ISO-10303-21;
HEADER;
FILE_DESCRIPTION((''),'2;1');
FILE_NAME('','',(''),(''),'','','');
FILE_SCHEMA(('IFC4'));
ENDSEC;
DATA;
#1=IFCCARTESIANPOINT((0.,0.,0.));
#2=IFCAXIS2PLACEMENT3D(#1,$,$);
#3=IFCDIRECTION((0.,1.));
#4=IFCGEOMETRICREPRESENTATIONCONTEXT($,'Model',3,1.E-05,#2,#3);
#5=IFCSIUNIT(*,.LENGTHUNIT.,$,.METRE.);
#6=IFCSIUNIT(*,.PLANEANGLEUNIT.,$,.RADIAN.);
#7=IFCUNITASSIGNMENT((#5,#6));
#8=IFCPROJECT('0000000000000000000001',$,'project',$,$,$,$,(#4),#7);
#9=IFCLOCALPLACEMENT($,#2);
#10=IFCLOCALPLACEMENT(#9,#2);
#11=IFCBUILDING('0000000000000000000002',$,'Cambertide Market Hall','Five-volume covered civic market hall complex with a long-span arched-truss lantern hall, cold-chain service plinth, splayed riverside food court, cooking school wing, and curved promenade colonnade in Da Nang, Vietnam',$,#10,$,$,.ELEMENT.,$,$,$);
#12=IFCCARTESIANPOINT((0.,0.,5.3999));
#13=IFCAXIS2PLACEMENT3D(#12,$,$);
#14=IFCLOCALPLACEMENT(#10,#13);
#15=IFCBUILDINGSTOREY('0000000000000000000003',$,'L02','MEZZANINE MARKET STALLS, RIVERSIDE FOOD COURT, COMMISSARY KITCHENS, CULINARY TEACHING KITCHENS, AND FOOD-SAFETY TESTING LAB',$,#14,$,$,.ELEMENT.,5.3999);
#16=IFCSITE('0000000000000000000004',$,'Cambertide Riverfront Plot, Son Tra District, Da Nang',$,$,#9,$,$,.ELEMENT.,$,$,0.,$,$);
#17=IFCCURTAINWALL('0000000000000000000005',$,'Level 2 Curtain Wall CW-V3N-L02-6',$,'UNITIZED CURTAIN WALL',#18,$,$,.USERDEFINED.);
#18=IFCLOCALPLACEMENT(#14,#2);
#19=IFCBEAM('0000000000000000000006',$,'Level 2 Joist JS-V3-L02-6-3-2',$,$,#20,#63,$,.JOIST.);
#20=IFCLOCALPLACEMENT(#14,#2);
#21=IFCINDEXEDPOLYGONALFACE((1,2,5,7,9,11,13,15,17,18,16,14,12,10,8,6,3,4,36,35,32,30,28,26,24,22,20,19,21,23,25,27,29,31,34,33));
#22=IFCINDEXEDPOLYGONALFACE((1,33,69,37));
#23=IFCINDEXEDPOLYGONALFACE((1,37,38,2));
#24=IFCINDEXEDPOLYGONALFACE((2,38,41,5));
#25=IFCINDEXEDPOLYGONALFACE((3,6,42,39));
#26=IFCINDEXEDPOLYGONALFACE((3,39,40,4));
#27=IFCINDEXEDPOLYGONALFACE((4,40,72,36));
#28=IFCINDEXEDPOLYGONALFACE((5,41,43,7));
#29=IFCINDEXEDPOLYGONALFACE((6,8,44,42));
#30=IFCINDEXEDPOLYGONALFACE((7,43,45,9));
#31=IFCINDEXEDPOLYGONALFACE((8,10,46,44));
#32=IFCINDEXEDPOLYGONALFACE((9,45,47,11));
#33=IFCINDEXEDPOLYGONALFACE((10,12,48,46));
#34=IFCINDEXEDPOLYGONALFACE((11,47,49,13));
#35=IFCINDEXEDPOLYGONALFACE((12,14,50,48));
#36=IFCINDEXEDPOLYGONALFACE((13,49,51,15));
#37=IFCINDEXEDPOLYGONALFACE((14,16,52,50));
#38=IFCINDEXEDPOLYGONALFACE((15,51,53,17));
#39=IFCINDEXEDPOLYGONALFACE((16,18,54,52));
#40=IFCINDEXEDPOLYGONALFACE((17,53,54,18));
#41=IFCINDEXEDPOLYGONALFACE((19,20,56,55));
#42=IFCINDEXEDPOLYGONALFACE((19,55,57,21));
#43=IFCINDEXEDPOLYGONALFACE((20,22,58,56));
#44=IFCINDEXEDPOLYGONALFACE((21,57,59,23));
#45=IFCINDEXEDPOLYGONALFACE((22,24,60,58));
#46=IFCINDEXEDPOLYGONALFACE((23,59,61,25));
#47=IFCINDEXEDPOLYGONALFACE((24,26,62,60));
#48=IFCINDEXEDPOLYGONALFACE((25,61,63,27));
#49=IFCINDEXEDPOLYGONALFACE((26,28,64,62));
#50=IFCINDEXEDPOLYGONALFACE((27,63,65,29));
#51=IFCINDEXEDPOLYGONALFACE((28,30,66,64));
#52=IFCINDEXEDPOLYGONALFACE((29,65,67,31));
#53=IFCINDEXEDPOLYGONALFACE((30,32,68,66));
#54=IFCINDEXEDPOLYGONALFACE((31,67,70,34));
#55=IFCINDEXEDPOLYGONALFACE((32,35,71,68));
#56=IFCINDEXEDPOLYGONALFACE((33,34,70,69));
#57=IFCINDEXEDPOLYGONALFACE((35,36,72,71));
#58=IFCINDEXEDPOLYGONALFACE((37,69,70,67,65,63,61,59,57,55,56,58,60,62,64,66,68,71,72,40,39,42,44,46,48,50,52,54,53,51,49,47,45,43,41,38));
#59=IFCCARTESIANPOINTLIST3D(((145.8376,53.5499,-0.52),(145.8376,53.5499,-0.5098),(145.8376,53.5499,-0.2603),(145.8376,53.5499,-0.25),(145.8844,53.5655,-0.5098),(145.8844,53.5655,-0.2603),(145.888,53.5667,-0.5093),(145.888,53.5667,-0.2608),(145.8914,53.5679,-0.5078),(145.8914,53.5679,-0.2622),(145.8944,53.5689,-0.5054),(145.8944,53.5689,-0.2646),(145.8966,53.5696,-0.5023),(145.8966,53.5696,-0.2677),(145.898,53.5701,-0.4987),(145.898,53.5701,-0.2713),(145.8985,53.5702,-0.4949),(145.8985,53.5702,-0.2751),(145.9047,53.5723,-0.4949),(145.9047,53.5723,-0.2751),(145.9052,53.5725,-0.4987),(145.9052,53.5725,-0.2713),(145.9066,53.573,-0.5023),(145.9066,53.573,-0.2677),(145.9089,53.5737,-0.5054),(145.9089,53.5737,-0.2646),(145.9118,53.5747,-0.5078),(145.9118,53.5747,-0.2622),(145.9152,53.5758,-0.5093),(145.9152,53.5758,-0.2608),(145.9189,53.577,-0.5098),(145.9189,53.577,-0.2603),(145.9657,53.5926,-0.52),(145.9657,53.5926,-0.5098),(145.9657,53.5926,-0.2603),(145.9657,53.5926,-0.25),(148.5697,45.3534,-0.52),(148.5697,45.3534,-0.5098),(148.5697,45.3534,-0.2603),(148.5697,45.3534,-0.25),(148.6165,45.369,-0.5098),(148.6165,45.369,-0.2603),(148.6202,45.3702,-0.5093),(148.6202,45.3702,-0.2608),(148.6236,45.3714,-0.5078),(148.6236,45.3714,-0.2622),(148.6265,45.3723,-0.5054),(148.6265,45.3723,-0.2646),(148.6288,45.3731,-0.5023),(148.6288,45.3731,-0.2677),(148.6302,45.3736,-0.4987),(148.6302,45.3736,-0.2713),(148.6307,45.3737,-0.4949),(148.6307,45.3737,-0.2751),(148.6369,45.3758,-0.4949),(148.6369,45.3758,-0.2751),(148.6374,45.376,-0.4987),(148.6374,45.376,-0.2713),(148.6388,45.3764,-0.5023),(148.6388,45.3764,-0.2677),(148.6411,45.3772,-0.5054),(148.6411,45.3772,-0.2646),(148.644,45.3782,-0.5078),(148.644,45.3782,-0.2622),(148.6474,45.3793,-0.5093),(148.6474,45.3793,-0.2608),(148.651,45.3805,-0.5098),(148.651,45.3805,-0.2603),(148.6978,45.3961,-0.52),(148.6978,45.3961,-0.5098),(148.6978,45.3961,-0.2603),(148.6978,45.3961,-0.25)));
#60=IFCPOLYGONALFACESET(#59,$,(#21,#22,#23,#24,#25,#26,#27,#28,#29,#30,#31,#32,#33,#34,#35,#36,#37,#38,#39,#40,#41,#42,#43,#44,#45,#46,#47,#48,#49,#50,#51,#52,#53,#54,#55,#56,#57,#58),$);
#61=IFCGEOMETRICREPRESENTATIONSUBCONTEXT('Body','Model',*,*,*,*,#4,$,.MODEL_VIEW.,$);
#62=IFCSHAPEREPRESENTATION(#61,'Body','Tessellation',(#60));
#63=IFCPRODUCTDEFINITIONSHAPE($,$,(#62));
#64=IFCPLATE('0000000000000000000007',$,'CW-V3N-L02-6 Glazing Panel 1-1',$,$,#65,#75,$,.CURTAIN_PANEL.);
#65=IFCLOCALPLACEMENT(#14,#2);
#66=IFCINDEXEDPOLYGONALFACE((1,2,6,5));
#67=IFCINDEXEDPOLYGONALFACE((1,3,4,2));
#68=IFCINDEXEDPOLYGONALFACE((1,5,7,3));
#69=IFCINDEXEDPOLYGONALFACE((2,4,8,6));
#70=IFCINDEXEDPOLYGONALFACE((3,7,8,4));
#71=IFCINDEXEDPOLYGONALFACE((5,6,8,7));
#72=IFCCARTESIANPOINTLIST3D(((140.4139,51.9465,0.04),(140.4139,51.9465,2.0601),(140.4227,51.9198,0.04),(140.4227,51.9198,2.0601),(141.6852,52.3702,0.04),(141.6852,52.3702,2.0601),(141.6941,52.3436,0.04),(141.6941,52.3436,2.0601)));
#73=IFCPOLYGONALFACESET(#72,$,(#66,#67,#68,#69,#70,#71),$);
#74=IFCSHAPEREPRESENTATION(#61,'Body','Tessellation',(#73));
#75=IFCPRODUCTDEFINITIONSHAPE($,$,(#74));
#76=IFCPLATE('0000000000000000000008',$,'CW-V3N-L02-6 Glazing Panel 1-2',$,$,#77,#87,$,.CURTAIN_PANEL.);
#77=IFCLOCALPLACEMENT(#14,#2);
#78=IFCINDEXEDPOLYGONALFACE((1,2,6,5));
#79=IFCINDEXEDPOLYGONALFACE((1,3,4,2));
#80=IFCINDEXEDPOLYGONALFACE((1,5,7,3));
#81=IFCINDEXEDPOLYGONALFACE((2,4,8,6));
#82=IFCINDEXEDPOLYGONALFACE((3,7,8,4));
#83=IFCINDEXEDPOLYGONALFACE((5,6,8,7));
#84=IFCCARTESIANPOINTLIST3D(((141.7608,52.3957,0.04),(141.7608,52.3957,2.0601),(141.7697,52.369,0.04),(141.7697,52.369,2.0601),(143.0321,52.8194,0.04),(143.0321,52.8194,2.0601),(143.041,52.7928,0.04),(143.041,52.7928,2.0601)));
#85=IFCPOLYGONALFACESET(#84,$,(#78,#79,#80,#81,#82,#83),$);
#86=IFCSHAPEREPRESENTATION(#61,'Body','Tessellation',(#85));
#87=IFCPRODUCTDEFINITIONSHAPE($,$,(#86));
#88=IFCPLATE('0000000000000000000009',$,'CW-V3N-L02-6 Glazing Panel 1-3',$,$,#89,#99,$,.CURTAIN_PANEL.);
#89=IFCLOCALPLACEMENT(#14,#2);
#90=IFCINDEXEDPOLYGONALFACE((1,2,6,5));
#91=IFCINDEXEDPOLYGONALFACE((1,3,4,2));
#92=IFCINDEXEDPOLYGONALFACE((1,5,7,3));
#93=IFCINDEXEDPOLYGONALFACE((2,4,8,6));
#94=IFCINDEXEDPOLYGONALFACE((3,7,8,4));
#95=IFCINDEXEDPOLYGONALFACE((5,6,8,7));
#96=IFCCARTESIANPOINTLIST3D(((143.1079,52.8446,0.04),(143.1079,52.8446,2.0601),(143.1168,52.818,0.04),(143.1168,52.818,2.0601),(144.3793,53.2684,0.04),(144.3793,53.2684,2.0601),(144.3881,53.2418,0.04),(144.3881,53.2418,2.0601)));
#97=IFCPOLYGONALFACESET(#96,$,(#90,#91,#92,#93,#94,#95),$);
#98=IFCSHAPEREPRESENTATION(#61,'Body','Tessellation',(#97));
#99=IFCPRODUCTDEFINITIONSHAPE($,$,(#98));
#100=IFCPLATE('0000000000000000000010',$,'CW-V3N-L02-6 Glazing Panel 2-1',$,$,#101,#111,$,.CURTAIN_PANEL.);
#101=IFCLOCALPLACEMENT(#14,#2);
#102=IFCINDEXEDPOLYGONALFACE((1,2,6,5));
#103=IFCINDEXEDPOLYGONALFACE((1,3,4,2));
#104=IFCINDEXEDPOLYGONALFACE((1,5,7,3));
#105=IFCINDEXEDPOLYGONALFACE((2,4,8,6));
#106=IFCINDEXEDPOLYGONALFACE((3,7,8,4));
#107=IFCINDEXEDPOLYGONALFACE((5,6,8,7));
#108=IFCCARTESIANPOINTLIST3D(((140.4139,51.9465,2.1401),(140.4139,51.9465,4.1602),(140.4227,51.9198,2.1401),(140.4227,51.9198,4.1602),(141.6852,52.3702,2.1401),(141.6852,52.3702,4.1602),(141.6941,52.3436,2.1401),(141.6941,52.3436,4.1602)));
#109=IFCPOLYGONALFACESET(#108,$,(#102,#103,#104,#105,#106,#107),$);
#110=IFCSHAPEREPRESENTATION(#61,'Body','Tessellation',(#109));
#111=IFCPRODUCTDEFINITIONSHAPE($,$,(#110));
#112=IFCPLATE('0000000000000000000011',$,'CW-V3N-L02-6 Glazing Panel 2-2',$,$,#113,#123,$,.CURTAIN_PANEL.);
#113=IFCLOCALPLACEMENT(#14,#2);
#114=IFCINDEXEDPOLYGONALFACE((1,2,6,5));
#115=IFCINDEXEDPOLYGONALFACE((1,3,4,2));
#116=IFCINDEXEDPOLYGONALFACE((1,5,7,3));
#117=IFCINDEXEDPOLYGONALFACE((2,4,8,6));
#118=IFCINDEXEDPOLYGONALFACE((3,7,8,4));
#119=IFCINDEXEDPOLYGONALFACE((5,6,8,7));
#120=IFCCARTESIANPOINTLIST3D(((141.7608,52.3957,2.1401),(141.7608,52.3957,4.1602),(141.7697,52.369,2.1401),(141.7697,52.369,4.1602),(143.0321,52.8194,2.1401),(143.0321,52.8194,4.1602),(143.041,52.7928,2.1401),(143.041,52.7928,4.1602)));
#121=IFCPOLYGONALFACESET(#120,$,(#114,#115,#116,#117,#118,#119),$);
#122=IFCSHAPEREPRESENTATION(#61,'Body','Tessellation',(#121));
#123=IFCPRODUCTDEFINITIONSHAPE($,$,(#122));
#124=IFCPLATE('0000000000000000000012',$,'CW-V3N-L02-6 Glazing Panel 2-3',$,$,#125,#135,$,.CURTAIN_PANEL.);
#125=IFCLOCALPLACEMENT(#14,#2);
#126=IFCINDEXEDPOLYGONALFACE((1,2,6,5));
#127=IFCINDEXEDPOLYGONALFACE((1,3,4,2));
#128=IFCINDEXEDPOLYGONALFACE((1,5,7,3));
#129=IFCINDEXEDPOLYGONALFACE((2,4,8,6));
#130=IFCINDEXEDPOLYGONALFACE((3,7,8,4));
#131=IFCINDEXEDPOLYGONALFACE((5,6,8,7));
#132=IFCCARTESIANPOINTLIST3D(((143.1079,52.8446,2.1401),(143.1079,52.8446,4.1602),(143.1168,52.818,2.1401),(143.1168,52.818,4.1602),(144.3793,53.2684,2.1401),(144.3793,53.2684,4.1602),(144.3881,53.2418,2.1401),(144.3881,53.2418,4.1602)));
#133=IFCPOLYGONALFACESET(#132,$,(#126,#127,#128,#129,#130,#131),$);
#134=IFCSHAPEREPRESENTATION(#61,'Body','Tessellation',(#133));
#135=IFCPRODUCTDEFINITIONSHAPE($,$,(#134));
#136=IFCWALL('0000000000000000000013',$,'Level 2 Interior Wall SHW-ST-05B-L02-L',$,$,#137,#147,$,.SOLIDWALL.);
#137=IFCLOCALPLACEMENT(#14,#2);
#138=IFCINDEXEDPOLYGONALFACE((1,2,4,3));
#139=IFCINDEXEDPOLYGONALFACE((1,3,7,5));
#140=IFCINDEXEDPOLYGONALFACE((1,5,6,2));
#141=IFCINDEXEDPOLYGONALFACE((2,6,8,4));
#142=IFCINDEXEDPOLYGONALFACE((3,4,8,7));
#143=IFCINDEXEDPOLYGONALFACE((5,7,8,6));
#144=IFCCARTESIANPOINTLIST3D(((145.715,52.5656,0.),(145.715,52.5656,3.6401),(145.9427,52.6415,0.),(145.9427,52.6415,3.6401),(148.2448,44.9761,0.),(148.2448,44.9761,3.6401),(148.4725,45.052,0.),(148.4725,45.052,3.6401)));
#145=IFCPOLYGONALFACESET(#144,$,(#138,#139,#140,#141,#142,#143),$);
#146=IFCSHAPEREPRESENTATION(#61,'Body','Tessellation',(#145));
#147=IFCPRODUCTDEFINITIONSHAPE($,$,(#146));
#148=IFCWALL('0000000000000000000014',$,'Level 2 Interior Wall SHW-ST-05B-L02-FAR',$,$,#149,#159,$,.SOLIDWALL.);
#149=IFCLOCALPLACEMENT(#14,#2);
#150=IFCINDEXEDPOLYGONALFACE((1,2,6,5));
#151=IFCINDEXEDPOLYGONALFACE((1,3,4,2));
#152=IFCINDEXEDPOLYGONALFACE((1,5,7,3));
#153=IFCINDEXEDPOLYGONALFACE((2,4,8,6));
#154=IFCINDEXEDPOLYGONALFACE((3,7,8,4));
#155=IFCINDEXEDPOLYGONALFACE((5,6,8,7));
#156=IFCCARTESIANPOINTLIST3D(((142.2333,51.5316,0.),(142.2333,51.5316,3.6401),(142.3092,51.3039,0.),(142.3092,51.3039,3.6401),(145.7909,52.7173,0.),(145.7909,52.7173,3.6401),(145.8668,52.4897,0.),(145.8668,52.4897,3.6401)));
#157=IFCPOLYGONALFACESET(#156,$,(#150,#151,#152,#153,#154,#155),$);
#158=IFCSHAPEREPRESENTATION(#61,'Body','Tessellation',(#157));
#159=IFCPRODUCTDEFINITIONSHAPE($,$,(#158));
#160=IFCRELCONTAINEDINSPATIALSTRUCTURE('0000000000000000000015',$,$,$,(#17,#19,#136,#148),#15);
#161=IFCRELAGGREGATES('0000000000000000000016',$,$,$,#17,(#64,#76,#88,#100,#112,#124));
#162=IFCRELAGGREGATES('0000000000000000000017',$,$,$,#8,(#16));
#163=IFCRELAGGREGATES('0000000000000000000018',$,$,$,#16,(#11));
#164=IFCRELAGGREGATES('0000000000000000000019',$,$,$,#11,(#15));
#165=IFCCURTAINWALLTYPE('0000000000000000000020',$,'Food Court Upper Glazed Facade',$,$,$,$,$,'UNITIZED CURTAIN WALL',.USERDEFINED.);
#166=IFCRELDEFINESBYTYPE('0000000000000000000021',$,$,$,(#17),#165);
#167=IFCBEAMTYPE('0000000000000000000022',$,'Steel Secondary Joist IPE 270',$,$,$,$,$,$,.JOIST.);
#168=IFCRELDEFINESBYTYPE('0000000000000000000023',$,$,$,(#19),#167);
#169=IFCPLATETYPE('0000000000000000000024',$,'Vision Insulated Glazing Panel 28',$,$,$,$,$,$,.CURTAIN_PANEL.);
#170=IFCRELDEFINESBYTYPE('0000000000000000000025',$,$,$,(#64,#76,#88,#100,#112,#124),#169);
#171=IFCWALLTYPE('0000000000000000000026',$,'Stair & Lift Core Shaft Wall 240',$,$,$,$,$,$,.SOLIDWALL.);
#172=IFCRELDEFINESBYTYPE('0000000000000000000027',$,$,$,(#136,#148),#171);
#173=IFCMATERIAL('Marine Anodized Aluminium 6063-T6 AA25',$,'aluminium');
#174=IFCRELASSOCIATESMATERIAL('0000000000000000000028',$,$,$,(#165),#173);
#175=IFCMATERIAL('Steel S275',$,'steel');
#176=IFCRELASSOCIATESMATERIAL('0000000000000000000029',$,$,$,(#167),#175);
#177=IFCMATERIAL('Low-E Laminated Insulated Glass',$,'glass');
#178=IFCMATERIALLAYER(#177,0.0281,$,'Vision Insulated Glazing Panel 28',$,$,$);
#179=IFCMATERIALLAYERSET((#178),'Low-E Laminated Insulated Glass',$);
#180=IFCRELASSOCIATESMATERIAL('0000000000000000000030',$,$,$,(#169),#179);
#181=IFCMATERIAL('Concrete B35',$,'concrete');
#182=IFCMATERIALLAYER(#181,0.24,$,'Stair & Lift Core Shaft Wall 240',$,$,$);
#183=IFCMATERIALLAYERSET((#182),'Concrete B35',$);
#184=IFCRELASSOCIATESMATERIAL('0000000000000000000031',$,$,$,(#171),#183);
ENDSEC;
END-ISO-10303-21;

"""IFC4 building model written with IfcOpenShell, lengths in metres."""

from ifc_helpers import new_model, si_unit, direction, frame, frame_2d, origin, origin_2d, place, context, subcontext, project, spatial, rectangle, i_section, extrude, material, layer, layer_set, material_profile, profile_set, type_object, element, aggregate, save


model = new_model("IFC4")

# Units and contexts
model_context = context("Model", 3, precision=1e-05, world=origin(), true_north=direction((0.0, 1.0)))
body_context = subcontext(model_context, "Body", "Model", "MODEL_VIEW")
ifc_project = project(units=[si_unit("LENGTHUNIT", "METRE"), si_unit("PLANEANGLEUNIT", "RADIAN")], contexts=[model_context])

# Site, building, storey
site_placement = place(None, origin())
site = spatial("IfcSite", under=ifc_project, at=site_placement, Name="Cambertide Riverfront Plot, Son Tra District, Da Nang", CompositionType="ELEMENT", RefElevation=0.0)
building_placement = place(site_placement, origin())
building = spatial("IfcBuilding", under=site, at=building_placement, Name="Cambertide Market Hall", Description="Five-volume covered civic market hall complex with a long-span arched-truss lantern hall, cold-chain service plinth, splayed riverside food court, cooking school wing, and curved promenade colonnade in Da Nang, Vietnam", CompositionType="ELEMENT")
storey_placement = place(building_placement, frame((0.0, 0.0, 5.3999)))
storey = spatial("IfcBuildingStorey", under=building, at=storey_placement, Name="L02", Description="MEZZANINE MARKET STALLS, RIVERSIDE FOOD COURT, COMMISSARY KITCHENS, CULINARY TEACHING KITCHENS, AND FOOD-SAFETY TESTING LAB", CompositionType="ELEMENT", Elevation=5.3999)

# Curtain wall
ifc_material_1 = material(Name="Marine Anodized Aluminium 6063-T6 AA25", Category="aluminium")
curtain_wall_type = type_object("IfcCurtainWallType", Name="Food Court Upper Glazed Facade", ElementType="UNITIZED CURTAIN WALL", PredefinedType="USERDEFINED", material=ifc_material_1)
curtain_wall_placement = place(storey_placement, origin())
curtain_wall = element("IfcCurtainWall", 1, at=curtain_wall_placement, inside=storey, type_object=curtain_wall_type, Name="Level 2 Curtain Wall CW-V3N-L02-6", ObjectType="UNITIZED CURTAIN WALL", PredefinedType="USERDEFINED")

# Beam
ifc_material_2 = material(Name="Steel S275", Category="steel")
ifc_material_profile_1 = material_profile(ifc_material_2, i_section(OverallWidth=0.135, OverallDepth=0.27, WebThickness=0.0066, FlangeThickness=0.0103, FilletRadius=0.0149, at=origin_2d()), Name="IPE 270")
ifc_profile_set_1 = profile_set([ifc_material_profile_1], Name="Steel S275")
beam_type = type_object("IfcBeamType", Name="Steel Secondary Joist IPE 270", PredefinedType="JOIST", material=ifc_profile_set_1)
beam_placement = place(storey_placement, frame((148.6338, 45.3748, -0.385), z_axis=(-0.316228, 0.948683, 0.0), x_axis=(-0.948683, -0.316228, 0.0)))
element("IfcBeam", 2, at=beam_placement, inside=storey, type_object=beam_type, Name="Level 2 Joist JS-V3-L02-6-3-2", PredefinedType="JOIST", context=body_context, shape_type="SweptSolid", body=[
    extrude(i_section(OverallWidth=0.135, OverallDepth=0.27, WebThickness=0.0066, FlangeThickness=0.0103, FilletRadius=0.0149, at=origin_2d()), origin(), (0.0, 0.0, 1.0), 8.6399),
])

# Plates
ifc_material_3 = material(Name="Low-E Laminated Insulated Glass", Category="glass")
ifc_layer_1 = layer(ifc_material_3, 0.0281, Name="Vision Insulated Glazing Panel 28")
ifc_layer_set_1 = layer_set([ifc_layer_1], Name="Low-E Laminated Insulated Glass")
plate_type = type_object("IfcPlateType", Name="Vision Insulated Glazing Panel 28", PredefinedType="CURTAIN_PANEL", material=ifc_layer_set_1)
plate_1_placement = place(storey_placement, frame((141.054, 52.145, 0.04), z_axis=(0.0, 0.0, 1.0), x_axis=(0.948683, 0.316228, 0.0)))
plate_1 = element("IfcPlate", 3, at=plate_1_placement, type_object=plate_type, Name="CW-V3N-L02-6 Glazing Panel 1-1", PredefinedType="CURTAIN_PANEL", context=body_context, shape_type="SweptSolid", body=[
    extrude(rectangle(XDim=1.3401, YDim=0.0281, at=origin_2d()), origin(), (0.0, 0.0, 1.0), 2.02),
])
plate_2_placement = place(storey_placement, frame((142.4009, 52.5942, 0.04), z_axis=(0.0, 0.0, 1.0), x_axis=(0.948683, 0.316228, 0.0)))
plate_2 = element("IfcPlate", 4, at=plate_2_placement, type_object=plate_type, Name="CW-V3N-L02-6 Glazing Panel 1-2", PredefinedType="CURTAIN_PANEL", context=body_context, shape_type="SweptSolid", body=[
    extrude(rectangle(XDim=1.3401, YDim=0.0281, at=origin_2d()), origin(), (0.0, 0.0, 1.0), 2.02),
])
plate_3_placement = place(storey_placement, frame((143.748, 53.0432, 0.04), z_axis=(0.0, 0.0, 1.0), x_axis=(0.948683, 0.316228, 0.0)))
plate_3 = element("IfcPlate", 5, at=plate_3_placement, type_object=plate_type, Name="CW-V3N-L02-6 Glazing Panel 1-3", PredefinedType="CURTAIN_PANEL", context=body_context, shape_type="SweptSolid", body=[
    extrude(rectangle(XDim=1.3401, YDim=0.0281, at=origin_2d()), origin(), (0.0, 0.0, 1.0), 2.02),
])
plate_4_placement = place(storey_placement, frame((141.054, 52.145, 2.1401), z_axis=(0.0, 0.0, 1.0), x_axis=(0.948683, 0.316228, 0.0)))
plate_4 = element("IfcPlate", 6, at=plate_4_placement, type_object=plate_type, Name="CW-V3N-L02-6 Glazing Panel 2-1", PredefinedType="CURTAIN_PANEL", context=body_context, shape_type="SweptSolid", body=[
    extrude(rectangle(XDim=1.3401, YDim=0.0281, at=origin_2d()), origin(), (0.0, 0.0, 1.0), 2.02),
])
plate_5_placement = place(storey_placement, frame((142.4009, 52.5942, 2.1401), z_axis=(0.0, 0.0, 1.0), x_axis=(0.948683, 0.316228, 0.0)))
plate_5 = element("IfcPlate", 7, at=plate_5_placement, type_object=plate_type, Name="CW-V3N-L02-6 Glazing Panel 2-2", PredefinedType="CURTAIN_PANEL", context=body_context, shape_type="SweptSolid", body=[
    extrude(rectangle(XDim=1.3401, YDim=0.0281, at=origin_2d()), origin(), (0.0, 0.0, 1.0), 2.02),
])
plate_6_placement = place(storey_placement, frame((143.748, 53.0432, 2.1401), z_axis=(0.0, 0.0, 1.0), x_axis=(0.948683, 0.316228, 0.0)))
plate_6 = element("IfcPlate", 8, at=plate_6_placement, type_object=plate_type, Name="CW-V3N-L02-6 Glazing Panel 2-3", PredefinedType="CURTAIN_PANEL", context=body_context, shape_type="SweptSolid", body=[
    extrude(rectangle(XDim=1.3401, YDim=0.0281, at=origin_2d()), origin(), (0.0, 0.0, 1.0), 2.02),
])
aggregate(curtain_wall, [plate_1, plate_2, plate_3, plate_4, plate_5, plate_6])

# Shared definitions
ifc_material_4 = material(Name="Concrete B35", Category="concrete")
ifc_layer_2 = layer(ifc_material_4, 0.24, Name="Stair & Lift Core Shaft Wall 240")
ifc_layer_set_2 = layer_set([ifc_layer_2], Name="Concrete B35")
wall_type = type_object("IfcWallType", Name="Stair & Lift Core Shaft Wall 240", PredefinedType="SOLIDWALL", material=ifc_layer_set_2)

# Walls
wall_1_placement = place(storey_placement, frame((145.8289, 52.6035, 0.0), z_axis=(0.0, 0.0, 1.0), x_axis=(0.316228, -0.948683, 0.0)))
element("IfcWall", 9, at=wall_1_placement, inside=storey, type_object=wall_type, Name="Level 2 Interior Wall SHW-ST-05B-L02-L", PredefinedType="SOLIDWALL", context=body_context, shape_type="SweptSolid", body=[
    extrude(rectangle(XDim=8.0, YDim=0.24, at=frame_2d((4.0, 0.0))), origin(), (0.0, 0.0, 1.0), 3.6401),
])
wall_2_placement = place(storey_placement, frame((142.2712, 51.4177, 0.0), z_axis=(0.0, 0.0, 1.0), x_axis=(0.94869, 0.316208, 0.0)))
element("IfcWall", 10, at=wall_2_placement, inside=storey, type_object=wall_type, Name="Level 2 Interior Wall SHW-ST-05B-L02-FAR", PredefinedType="SOLIDWALL", context=body_context, shape_type="SweptSolid", body=[
    extrude(rectangle(XDim=3.75, YDim=0.24, at=frame_2d((1.875, 0.0))), origin(), (0.0, 0.0, 1.0), 3.6401),
])

save(model, "model.ifc")
